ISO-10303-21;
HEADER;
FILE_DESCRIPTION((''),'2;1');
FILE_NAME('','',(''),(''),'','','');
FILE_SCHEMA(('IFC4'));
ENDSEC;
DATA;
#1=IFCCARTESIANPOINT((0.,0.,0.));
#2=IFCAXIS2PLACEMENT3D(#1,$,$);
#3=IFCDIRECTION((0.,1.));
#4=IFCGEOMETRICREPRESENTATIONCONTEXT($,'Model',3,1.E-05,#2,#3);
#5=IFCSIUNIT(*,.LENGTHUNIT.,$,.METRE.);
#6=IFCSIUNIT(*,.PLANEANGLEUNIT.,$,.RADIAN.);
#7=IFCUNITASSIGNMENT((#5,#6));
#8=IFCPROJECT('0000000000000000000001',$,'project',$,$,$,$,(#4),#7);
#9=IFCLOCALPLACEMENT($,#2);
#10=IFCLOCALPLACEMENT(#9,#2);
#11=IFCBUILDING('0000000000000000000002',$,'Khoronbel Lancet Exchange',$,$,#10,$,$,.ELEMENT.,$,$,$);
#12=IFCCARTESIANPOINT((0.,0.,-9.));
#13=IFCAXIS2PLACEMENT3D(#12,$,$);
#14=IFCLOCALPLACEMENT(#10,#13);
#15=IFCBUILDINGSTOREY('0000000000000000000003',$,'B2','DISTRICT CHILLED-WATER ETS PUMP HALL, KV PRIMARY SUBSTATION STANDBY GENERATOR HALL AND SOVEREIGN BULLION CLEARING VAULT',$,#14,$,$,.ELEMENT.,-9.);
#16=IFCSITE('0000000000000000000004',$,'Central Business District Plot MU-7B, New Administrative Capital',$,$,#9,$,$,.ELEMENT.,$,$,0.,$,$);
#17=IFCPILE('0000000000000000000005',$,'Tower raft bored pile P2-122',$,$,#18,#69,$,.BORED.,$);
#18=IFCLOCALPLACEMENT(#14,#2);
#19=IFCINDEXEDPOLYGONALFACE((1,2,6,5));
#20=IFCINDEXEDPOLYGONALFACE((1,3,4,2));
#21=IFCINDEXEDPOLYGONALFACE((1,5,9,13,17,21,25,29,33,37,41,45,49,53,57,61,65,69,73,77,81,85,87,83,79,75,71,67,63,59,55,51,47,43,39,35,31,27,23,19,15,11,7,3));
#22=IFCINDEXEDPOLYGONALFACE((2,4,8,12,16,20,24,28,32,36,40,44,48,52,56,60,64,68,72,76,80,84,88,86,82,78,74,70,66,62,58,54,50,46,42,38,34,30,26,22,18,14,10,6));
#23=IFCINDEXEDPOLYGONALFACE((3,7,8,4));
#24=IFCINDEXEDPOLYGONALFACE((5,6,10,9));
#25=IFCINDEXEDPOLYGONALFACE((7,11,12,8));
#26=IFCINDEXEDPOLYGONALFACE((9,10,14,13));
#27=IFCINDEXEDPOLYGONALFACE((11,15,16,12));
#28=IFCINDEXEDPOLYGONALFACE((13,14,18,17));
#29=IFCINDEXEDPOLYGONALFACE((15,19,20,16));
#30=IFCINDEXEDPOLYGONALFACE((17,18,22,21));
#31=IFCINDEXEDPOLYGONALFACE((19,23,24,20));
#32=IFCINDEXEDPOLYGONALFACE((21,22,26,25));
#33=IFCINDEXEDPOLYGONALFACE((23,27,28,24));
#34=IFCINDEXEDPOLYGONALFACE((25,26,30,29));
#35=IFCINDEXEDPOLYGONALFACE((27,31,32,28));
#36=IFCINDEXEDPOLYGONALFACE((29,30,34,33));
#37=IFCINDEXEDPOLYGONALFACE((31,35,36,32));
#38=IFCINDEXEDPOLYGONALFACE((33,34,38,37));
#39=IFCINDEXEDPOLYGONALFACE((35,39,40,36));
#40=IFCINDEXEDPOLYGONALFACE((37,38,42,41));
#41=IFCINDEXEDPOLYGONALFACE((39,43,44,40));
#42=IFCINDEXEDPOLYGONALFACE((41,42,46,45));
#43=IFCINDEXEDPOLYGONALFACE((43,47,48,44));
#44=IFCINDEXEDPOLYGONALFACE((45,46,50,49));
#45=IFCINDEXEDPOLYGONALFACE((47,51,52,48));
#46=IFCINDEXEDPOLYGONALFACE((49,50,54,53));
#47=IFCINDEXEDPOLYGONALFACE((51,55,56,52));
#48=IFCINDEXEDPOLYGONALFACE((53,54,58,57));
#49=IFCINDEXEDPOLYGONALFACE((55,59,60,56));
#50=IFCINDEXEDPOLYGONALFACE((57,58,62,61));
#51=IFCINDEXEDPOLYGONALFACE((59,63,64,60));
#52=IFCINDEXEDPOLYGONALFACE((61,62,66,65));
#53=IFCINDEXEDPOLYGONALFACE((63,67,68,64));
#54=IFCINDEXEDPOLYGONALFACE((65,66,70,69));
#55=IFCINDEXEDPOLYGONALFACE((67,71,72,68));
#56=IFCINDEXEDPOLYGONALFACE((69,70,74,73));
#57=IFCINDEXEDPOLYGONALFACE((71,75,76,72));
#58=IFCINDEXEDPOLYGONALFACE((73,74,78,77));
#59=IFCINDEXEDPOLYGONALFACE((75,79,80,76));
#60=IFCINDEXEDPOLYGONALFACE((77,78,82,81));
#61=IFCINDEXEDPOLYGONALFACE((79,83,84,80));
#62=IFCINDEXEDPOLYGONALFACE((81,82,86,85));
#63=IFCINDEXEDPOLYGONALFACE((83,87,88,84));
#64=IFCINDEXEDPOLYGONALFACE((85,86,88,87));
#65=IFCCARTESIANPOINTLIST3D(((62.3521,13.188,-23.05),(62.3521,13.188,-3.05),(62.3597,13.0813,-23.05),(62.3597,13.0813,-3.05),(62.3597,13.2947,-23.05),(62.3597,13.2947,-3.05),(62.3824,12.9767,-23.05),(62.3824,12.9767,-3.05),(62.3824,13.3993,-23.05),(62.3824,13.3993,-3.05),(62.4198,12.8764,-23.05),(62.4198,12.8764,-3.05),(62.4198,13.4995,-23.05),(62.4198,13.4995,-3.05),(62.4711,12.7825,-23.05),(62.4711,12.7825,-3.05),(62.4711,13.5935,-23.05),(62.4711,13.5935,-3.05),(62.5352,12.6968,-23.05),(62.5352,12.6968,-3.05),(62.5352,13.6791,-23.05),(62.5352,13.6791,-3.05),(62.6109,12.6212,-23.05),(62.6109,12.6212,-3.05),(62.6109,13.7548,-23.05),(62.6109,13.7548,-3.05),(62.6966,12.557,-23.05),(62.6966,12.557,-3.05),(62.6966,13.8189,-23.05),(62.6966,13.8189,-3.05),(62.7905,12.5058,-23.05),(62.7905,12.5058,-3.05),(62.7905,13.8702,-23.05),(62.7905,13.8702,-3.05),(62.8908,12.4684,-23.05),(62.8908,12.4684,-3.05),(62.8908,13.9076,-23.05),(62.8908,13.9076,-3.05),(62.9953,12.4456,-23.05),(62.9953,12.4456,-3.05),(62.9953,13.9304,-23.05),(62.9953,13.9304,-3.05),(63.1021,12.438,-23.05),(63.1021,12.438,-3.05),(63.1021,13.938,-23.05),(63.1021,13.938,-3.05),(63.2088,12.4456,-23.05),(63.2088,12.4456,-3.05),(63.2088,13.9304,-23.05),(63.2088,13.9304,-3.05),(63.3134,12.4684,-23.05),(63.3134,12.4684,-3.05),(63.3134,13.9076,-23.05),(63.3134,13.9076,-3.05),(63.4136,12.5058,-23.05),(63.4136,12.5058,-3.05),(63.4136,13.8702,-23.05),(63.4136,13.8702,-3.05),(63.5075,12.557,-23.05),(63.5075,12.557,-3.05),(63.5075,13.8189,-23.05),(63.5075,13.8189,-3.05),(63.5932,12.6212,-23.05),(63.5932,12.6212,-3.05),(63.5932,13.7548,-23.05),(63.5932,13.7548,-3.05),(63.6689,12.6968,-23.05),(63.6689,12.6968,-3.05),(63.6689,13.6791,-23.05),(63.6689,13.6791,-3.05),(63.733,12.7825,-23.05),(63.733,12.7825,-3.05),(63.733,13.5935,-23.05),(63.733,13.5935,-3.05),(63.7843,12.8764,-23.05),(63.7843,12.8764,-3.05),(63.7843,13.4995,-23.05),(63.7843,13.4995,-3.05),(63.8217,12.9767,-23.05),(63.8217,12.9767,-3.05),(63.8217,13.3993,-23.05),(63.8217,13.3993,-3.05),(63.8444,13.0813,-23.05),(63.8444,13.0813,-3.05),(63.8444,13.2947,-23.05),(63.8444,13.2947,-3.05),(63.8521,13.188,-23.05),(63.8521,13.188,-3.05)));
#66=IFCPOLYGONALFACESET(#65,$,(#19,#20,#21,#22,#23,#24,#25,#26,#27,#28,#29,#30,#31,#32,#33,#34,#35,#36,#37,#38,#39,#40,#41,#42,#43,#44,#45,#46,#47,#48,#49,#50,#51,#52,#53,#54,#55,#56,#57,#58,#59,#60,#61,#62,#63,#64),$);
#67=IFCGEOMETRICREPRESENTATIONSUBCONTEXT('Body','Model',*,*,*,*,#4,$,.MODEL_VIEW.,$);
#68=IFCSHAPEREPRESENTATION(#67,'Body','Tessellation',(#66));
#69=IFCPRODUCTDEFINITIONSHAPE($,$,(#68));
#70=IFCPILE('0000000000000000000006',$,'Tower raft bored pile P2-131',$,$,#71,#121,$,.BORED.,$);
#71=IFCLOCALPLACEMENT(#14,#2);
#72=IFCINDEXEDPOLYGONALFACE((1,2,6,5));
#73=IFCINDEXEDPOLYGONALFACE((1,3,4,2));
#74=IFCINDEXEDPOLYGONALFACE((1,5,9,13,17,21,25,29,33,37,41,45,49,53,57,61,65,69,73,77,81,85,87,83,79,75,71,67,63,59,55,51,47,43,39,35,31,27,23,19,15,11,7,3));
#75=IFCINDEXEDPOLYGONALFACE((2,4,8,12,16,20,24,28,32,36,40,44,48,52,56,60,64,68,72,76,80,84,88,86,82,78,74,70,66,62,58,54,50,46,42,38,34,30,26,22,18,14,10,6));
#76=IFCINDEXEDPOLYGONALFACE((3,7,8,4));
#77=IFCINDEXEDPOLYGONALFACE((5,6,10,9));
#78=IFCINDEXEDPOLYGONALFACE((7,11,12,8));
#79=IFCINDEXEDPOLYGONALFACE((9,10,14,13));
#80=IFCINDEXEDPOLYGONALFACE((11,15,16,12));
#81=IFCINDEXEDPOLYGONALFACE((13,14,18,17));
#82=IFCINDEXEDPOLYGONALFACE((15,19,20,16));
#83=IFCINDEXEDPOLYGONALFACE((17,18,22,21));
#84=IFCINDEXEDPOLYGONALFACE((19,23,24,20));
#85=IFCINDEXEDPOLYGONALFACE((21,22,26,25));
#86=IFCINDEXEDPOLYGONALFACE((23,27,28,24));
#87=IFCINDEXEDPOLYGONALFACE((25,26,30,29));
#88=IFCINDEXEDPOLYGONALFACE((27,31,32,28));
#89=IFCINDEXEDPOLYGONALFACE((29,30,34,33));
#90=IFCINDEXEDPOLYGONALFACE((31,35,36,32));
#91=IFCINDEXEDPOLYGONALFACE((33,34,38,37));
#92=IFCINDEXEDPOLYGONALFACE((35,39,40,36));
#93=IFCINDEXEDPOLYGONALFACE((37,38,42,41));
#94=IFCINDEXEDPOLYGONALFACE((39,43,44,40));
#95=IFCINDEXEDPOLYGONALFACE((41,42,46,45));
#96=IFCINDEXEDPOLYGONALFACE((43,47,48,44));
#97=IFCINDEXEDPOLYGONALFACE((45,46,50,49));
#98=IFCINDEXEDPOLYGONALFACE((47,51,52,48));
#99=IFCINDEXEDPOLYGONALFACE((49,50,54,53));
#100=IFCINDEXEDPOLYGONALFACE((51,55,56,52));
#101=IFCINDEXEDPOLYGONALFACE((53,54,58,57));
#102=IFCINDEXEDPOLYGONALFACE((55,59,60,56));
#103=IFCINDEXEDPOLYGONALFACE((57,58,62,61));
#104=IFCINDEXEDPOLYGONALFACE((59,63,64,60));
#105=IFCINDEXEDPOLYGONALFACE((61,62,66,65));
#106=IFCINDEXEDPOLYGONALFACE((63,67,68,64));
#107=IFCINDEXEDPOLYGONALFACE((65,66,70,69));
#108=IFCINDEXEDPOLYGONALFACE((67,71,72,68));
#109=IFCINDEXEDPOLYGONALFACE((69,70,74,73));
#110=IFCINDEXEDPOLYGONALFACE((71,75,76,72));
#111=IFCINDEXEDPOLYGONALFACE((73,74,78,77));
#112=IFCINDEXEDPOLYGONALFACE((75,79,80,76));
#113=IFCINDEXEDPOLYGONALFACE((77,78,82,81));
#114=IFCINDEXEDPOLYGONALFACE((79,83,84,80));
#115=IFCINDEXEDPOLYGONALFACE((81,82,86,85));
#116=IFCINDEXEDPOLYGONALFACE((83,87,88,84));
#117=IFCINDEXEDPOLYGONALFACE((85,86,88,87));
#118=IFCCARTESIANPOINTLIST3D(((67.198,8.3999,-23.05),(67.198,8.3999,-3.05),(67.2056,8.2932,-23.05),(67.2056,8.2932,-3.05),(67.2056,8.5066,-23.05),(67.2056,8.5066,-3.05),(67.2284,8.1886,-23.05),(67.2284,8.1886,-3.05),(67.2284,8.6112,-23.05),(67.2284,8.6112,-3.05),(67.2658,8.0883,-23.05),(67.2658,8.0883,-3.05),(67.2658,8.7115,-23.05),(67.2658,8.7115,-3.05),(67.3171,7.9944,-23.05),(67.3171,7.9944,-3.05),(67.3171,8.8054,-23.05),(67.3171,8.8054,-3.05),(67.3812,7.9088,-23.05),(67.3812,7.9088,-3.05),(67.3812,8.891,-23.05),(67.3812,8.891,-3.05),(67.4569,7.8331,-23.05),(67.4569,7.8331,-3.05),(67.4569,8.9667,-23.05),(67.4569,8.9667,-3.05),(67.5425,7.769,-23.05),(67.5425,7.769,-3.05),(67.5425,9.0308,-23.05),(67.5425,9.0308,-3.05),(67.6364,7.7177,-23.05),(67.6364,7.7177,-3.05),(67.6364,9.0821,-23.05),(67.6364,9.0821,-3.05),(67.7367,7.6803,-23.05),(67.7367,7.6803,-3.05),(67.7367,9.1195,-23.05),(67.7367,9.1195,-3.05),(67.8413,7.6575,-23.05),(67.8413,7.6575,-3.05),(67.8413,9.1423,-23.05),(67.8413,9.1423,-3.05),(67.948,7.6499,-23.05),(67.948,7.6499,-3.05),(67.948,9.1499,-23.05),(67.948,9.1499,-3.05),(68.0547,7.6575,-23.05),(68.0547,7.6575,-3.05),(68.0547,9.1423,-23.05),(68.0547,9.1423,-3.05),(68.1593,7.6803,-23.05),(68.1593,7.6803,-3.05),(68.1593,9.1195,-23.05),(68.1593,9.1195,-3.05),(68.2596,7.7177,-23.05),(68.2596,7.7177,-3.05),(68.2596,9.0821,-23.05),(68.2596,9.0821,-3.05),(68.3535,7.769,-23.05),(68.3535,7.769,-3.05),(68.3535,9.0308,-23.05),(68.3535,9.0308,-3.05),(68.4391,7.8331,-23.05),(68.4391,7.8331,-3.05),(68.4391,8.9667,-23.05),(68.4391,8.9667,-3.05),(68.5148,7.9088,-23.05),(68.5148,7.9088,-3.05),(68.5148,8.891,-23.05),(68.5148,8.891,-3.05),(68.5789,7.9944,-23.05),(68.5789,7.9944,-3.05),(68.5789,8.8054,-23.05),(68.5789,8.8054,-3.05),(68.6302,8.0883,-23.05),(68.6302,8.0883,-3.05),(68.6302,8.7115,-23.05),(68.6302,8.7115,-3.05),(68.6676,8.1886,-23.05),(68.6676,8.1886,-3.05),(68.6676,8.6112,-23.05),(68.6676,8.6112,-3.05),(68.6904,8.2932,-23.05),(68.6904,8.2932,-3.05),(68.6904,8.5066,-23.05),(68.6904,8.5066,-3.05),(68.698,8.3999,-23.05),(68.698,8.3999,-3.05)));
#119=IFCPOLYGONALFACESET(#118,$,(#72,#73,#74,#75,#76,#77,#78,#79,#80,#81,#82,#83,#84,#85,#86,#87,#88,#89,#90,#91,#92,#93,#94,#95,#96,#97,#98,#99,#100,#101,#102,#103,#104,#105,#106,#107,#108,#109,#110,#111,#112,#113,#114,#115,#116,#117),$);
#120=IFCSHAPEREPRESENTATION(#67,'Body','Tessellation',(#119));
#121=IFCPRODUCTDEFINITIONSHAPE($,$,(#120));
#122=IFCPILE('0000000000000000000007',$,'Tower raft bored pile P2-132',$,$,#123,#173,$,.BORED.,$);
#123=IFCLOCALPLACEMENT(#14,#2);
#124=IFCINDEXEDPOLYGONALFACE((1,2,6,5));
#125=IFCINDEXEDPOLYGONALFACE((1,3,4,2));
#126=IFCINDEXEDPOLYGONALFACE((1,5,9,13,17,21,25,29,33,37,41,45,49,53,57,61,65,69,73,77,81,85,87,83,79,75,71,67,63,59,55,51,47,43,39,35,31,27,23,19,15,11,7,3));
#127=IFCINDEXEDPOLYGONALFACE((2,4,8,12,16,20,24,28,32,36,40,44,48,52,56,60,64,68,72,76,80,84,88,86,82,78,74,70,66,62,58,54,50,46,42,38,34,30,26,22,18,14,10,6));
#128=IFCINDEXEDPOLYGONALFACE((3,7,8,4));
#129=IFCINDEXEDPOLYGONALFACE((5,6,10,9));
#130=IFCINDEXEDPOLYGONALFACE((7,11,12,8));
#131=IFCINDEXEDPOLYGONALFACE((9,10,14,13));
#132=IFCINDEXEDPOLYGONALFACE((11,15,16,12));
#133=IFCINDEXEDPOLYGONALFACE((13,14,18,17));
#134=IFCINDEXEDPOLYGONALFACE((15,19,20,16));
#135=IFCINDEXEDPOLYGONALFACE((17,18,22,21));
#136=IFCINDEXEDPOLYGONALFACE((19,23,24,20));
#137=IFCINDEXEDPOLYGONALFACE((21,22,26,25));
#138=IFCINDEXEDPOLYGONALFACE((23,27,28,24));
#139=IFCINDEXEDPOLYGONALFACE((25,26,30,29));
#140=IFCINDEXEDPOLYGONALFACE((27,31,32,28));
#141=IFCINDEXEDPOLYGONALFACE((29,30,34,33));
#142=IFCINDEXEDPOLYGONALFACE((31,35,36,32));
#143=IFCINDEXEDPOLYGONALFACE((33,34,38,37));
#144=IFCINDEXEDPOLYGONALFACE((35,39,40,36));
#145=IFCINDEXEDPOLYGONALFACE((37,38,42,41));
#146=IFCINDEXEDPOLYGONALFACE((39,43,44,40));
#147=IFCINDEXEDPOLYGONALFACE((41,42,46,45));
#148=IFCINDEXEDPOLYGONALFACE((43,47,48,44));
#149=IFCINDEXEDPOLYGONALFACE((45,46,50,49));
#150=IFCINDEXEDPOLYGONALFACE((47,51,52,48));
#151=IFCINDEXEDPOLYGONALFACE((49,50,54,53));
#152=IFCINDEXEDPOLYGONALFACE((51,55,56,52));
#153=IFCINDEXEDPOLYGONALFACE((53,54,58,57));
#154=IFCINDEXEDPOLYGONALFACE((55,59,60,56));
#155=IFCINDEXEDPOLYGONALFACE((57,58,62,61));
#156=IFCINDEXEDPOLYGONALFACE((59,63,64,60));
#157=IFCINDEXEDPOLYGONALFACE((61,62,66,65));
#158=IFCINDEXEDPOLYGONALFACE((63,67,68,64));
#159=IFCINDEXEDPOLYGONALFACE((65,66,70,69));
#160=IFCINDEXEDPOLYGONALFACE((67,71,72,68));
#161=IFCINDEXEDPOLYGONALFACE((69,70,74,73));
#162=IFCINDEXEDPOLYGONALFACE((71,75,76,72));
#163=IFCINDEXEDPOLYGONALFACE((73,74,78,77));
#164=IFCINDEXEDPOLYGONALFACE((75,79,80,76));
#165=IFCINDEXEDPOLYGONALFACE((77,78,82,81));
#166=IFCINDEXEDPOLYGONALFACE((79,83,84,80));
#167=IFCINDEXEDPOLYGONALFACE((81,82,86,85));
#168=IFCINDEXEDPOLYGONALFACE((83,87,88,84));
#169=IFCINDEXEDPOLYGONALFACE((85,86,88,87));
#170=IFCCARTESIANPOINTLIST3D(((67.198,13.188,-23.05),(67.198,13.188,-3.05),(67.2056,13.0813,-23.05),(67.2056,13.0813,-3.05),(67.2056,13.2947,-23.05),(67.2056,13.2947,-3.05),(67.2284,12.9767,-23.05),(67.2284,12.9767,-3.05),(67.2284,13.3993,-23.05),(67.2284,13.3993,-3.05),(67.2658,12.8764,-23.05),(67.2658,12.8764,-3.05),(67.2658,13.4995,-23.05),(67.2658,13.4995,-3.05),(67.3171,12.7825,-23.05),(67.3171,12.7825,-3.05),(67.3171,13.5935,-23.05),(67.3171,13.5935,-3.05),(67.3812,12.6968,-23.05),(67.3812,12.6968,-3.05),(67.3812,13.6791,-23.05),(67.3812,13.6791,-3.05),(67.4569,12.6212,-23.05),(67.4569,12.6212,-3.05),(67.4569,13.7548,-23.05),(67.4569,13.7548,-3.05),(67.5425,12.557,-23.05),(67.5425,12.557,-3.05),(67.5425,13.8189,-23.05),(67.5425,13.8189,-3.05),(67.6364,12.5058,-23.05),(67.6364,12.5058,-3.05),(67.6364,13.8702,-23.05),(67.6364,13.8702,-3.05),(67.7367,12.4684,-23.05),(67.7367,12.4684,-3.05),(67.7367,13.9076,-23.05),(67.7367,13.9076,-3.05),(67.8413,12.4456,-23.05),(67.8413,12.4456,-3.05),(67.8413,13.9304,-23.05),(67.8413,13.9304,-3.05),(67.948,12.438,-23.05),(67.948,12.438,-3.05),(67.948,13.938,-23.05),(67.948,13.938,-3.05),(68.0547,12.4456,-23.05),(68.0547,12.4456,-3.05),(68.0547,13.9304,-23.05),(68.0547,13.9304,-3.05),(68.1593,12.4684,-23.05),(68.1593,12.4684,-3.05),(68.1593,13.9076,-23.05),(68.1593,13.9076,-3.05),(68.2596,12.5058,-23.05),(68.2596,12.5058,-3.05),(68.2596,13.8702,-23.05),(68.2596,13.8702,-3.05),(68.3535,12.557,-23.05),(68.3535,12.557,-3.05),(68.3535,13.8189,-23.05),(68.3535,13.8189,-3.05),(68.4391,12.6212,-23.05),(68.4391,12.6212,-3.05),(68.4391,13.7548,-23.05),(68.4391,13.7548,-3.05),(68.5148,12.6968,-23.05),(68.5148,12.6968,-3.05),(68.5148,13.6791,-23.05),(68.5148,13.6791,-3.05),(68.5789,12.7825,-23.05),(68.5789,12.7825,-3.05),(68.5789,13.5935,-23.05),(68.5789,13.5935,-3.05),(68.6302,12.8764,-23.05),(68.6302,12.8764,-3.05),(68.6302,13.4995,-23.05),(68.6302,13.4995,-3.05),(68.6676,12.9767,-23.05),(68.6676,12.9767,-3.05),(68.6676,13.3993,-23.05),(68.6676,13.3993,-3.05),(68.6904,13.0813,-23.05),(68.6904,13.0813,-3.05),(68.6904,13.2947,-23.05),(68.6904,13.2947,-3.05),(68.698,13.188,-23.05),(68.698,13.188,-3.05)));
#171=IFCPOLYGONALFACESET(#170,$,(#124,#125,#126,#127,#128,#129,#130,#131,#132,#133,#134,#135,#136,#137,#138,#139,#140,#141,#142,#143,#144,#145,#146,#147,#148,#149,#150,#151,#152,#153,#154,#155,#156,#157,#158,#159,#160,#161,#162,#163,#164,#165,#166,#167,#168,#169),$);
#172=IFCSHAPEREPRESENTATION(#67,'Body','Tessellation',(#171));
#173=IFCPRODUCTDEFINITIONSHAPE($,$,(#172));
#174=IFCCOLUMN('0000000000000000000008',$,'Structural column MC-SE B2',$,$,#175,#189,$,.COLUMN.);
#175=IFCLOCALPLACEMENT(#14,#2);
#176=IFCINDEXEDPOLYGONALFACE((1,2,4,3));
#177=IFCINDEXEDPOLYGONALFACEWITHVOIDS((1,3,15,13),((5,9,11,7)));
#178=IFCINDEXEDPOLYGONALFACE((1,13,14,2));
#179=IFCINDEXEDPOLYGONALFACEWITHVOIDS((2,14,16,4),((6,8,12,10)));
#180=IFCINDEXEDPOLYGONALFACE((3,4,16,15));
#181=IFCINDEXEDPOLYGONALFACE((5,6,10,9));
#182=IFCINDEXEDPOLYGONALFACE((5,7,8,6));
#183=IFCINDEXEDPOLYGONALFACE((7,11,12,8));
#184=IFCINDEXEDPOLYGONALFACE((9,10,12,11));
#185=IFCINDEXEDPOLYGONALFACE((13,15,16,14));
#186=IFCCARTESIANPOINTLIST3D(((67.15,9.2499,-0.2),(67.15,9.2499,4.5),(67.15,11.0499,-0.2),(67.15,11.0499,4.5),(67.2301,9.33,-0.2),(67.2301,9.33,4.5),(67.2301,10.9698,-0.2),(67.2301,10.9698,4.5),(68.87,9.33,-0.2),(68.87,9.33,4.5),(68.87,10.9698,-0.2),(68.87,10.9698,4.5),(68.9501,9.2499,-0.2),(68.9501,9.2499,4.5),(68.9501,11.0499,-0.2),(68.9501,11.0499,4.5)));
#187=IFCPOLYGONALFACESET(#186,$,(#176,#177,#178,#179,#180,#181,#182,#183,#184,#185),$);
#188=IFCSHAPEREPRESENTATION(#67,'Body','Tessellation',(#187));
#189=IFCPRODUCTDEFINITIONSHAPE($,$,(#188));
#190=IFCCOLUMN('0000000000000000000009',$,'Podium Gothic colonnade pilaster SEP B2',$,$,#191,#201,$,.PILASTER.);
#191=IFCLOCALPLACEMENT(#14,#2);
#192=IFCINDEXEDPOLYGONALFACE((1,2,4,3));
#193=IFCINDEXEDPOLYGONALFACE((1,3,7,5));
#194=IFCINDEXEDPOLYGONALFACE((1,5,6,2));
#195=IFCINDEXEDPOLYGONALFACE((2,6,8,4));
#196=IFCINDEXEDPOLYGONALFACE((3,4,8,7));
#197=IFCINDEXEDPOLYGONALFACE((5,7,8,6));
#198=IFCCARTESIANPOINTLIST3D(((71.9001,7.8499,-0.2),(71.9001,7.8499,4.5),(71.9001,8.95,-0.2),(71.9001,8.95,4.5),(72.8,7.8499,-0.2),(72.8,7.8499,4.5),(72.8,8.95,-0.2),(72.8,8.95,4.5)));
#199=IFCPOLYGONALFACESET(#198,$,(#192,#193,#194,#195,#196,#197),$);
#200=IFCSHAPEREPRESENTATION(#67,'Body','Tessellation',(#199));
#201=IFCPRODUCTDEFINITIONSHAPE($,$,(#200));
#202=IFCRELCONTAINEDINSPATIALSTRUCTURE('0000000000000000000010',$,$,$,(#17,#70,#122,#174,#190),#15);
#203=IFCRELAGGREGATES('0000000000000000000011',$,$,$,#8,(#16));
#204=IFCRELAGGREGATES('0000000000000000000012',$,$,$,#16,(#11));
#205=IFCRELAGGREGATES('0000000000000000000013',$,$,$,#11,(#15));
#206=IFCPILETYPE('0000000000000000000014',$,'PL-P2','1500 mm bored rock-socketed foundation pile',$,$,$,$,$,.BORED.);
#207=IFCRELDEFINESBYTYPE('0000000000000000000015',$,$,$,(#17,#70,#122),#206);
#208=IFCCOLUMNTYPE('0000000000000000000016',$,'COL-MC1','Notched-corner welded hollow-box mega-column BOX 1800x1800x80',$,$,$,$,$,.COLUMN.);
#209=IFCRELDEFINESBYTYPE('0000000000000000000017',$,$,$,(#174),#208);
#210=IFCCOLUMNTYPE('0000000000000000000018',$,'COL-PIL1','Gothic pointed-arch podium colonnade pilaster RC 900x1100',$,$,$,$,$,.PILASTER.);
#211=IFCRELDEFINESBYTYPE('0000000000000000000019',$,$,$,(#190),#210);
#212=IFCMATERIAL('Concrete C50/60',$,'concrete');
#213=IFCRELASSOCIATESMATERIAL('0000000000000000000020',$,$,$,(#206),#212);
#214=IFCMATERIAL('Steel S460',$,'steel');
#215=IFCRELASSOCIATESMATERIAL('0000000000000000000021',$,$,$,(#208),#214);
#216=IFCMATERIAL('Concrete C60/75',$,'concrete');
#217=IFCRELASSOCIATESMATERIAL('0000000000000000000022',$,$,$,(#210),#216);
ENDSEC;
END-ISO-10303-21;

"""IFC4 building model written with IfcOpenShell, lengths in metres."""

from ifc_helpers import new_model, si_unit, direction, frame, origin, origin_2d, place, context, subcontext, project, spatial, rectangle, hollow_rectangle, circle, extrude, material, material_profile, profile_set, type_object, element, save


model = new_model("IFC4")

# Units and contexts
model_context = context("Model", 3, precision=1e-05, world=origin(), true_north=direction((0.0, 1.0)))
body_context = subcontext(model_context, "Body", "Model", "MODEL_VIEW")
ifc_project = project(units=[si_unit("LENGTHUNIT", "METRE"), si_unit("PLANEANGLEUNIT", "RADIAN")], contexts=[model_context])

# Site, building, storey
site_placement = place(None, origin())
site = spatial("IfcSite", under=ifc_project, at=site_placement, Name="Central Business District Plot MU-7B, New Administrative Capital", CompositionType="ELEMENT", RefElevation=0.0)
building_placement = place(site_placement, origin())
building = spatial("IfcBuilding", under=site, at=building_placement, Name="Khoronbel Lancet Exchange", CompositionType="ELEMENT")
storey_placement = place(building_placement, frame((0.0, 0.0, -9.0)))
storey = spatial("IfcBuildingStorey", under=building, at=storey_placement, Name="B2", Description="DISTRICT CHILLED-WATER ETS PUMP HALL, KV PRIMARY SUBSTATION STANDBY GENERATOR HALL AND SOVEREIGN BULLION CLEARING VAULT", CompositionType="ELEMENT", Elevation=-9.0)

# Shared definitions
ifc_material_1 = material(Name="Concrete C50/60", Category="concrete")

# Piles
ifc_material_profile_1 = material_profile(ifc_material_1, circle(Radius=0.75, at=origin_2d()), Name="BORED PILE D1500")
ifc_profile_set_1 = profile_set([ifc_material_profile_1], Name="Concrete C50/60")
pile_type_1 = type_object("IfcPileType", Name="PL-P2", Description="1500 mm bored rock-socketed foundation pile", PredefinedType="BORED", material=ifc_profile_set_1)
for number, where, z_axis, x_axis, name in (
    (1, (63.1021, 13.188, -3.05), (0.0, 0.0, -1.0), (1.0, 0.0, 0.0), "Tower raft bored pile P2-122"),
    (2, (67.948, 8.3999, -3.05), (0.0, 0.0, -1.0), (1.0, 0.0, 0.0), "Tower raft bored pile P2-131"),
    (3, (67.948, 13.188, -3.05), (0.0, 0.0, -1.0), (1.0, 0.0, 0.0), "Tower raft bored pile P2-132"),
):
    element("IfcPile", number, at=place(storey_placement, frame(where, z_axis=z_axis, x_axis=x_axis)), inside=storey, type_object=pile_type_1, Name=name, PredefinedType="BORED", context=body_context, shape_type="SweptSolid", body=[
        extrude(circle(Radius=0.75, at=origin_2d()), origin(), (0.0, 0.0, 1.0), 20.0),
    ])

# Columns
ifc_material_2 = material(Name="Steel S460", Category="steel")
ifc_material_profile_2 = material_profile(ifc_material_2, hollow_rectangle(XDim=1.8, YDim=1.8, WallThickness=0.0801, at=origin_2d()), Name="BOX 1800x1800x80")
ifc_profile_set_2 = profile_set([ifc_material_profile_2], Name="Steel S460")
column_type_1 = type_object("IfcColumnType", Name="COL-MC1", Description="Notched-corner welded hollow-box mega-column BOX 1800x1800x80", PredefinedType="COLUMN", material=ifc_profile_set_2)
column_1_placement = place(storey_placement, frame((68.05, 10.1499, -0.2), z_axis=(0.0, 0.0, 1.0), x_axis=(1.0, 0.0, 0.0)))
element("IfcColumn", 4, at=column_1_placement, inside=storey, type_object=column_type_1, Name="Structural column MC-SE B2", PredefinedType="COLUMN", context=body_context, shape_type="SweptSolid", body=[
    extrude(hollow_rectangle(XDim=1.8, YDim=1.8, WallThickness=0.0801, at=origin_2d()), origin(), (0.0, 0.0, 1.0), 4.7),
])
ifc_material_3 = material(Name="Concrete C60/75", Category="concrete")
ifc_material_profile_3 = material_profile(ifc_material_3, rectangle(XDim=0.8999, YDim=1.1001, at=origin_2d()), Name="RC 900x1100")
ifc_profile_set_3 = profile_set([ifc_material_profile_3], Name="Concrete C60/75")
column_type_2 = type_object("IfcColumnType", Name="COL-PIL1", Description="Gothic pointed-arch podium colonnade pilaster RC 900x1100", PredefinedType="PILASTER", material=ifc_profile_set_3)
for number, where, z_axis, x_axis, name in (
    (5, (72.3501, 8.3999, -0.2), (0.0, 0.0, 1.0), (1.0, 0.0, 0.0), "Podium Gothic colonnade pilaster SEP B2"),
):
    element("IfcColumn", number, at=place(storey_placement, frame(where, z_axis=z_axis, x_axis=x_axis)), inside=storey, type_object=column_type_2, Name=name, PredefinedType="PILASTER", context=body_context, shape_type="SweptSolid", body=[
        extrude(rectangle(XDim=0.8999, YDim=1.1001, at=origin_2d()), origin(), (0.0, 0.0, 1.0), 4.7),
    ])

save(model, "model.ifc")
